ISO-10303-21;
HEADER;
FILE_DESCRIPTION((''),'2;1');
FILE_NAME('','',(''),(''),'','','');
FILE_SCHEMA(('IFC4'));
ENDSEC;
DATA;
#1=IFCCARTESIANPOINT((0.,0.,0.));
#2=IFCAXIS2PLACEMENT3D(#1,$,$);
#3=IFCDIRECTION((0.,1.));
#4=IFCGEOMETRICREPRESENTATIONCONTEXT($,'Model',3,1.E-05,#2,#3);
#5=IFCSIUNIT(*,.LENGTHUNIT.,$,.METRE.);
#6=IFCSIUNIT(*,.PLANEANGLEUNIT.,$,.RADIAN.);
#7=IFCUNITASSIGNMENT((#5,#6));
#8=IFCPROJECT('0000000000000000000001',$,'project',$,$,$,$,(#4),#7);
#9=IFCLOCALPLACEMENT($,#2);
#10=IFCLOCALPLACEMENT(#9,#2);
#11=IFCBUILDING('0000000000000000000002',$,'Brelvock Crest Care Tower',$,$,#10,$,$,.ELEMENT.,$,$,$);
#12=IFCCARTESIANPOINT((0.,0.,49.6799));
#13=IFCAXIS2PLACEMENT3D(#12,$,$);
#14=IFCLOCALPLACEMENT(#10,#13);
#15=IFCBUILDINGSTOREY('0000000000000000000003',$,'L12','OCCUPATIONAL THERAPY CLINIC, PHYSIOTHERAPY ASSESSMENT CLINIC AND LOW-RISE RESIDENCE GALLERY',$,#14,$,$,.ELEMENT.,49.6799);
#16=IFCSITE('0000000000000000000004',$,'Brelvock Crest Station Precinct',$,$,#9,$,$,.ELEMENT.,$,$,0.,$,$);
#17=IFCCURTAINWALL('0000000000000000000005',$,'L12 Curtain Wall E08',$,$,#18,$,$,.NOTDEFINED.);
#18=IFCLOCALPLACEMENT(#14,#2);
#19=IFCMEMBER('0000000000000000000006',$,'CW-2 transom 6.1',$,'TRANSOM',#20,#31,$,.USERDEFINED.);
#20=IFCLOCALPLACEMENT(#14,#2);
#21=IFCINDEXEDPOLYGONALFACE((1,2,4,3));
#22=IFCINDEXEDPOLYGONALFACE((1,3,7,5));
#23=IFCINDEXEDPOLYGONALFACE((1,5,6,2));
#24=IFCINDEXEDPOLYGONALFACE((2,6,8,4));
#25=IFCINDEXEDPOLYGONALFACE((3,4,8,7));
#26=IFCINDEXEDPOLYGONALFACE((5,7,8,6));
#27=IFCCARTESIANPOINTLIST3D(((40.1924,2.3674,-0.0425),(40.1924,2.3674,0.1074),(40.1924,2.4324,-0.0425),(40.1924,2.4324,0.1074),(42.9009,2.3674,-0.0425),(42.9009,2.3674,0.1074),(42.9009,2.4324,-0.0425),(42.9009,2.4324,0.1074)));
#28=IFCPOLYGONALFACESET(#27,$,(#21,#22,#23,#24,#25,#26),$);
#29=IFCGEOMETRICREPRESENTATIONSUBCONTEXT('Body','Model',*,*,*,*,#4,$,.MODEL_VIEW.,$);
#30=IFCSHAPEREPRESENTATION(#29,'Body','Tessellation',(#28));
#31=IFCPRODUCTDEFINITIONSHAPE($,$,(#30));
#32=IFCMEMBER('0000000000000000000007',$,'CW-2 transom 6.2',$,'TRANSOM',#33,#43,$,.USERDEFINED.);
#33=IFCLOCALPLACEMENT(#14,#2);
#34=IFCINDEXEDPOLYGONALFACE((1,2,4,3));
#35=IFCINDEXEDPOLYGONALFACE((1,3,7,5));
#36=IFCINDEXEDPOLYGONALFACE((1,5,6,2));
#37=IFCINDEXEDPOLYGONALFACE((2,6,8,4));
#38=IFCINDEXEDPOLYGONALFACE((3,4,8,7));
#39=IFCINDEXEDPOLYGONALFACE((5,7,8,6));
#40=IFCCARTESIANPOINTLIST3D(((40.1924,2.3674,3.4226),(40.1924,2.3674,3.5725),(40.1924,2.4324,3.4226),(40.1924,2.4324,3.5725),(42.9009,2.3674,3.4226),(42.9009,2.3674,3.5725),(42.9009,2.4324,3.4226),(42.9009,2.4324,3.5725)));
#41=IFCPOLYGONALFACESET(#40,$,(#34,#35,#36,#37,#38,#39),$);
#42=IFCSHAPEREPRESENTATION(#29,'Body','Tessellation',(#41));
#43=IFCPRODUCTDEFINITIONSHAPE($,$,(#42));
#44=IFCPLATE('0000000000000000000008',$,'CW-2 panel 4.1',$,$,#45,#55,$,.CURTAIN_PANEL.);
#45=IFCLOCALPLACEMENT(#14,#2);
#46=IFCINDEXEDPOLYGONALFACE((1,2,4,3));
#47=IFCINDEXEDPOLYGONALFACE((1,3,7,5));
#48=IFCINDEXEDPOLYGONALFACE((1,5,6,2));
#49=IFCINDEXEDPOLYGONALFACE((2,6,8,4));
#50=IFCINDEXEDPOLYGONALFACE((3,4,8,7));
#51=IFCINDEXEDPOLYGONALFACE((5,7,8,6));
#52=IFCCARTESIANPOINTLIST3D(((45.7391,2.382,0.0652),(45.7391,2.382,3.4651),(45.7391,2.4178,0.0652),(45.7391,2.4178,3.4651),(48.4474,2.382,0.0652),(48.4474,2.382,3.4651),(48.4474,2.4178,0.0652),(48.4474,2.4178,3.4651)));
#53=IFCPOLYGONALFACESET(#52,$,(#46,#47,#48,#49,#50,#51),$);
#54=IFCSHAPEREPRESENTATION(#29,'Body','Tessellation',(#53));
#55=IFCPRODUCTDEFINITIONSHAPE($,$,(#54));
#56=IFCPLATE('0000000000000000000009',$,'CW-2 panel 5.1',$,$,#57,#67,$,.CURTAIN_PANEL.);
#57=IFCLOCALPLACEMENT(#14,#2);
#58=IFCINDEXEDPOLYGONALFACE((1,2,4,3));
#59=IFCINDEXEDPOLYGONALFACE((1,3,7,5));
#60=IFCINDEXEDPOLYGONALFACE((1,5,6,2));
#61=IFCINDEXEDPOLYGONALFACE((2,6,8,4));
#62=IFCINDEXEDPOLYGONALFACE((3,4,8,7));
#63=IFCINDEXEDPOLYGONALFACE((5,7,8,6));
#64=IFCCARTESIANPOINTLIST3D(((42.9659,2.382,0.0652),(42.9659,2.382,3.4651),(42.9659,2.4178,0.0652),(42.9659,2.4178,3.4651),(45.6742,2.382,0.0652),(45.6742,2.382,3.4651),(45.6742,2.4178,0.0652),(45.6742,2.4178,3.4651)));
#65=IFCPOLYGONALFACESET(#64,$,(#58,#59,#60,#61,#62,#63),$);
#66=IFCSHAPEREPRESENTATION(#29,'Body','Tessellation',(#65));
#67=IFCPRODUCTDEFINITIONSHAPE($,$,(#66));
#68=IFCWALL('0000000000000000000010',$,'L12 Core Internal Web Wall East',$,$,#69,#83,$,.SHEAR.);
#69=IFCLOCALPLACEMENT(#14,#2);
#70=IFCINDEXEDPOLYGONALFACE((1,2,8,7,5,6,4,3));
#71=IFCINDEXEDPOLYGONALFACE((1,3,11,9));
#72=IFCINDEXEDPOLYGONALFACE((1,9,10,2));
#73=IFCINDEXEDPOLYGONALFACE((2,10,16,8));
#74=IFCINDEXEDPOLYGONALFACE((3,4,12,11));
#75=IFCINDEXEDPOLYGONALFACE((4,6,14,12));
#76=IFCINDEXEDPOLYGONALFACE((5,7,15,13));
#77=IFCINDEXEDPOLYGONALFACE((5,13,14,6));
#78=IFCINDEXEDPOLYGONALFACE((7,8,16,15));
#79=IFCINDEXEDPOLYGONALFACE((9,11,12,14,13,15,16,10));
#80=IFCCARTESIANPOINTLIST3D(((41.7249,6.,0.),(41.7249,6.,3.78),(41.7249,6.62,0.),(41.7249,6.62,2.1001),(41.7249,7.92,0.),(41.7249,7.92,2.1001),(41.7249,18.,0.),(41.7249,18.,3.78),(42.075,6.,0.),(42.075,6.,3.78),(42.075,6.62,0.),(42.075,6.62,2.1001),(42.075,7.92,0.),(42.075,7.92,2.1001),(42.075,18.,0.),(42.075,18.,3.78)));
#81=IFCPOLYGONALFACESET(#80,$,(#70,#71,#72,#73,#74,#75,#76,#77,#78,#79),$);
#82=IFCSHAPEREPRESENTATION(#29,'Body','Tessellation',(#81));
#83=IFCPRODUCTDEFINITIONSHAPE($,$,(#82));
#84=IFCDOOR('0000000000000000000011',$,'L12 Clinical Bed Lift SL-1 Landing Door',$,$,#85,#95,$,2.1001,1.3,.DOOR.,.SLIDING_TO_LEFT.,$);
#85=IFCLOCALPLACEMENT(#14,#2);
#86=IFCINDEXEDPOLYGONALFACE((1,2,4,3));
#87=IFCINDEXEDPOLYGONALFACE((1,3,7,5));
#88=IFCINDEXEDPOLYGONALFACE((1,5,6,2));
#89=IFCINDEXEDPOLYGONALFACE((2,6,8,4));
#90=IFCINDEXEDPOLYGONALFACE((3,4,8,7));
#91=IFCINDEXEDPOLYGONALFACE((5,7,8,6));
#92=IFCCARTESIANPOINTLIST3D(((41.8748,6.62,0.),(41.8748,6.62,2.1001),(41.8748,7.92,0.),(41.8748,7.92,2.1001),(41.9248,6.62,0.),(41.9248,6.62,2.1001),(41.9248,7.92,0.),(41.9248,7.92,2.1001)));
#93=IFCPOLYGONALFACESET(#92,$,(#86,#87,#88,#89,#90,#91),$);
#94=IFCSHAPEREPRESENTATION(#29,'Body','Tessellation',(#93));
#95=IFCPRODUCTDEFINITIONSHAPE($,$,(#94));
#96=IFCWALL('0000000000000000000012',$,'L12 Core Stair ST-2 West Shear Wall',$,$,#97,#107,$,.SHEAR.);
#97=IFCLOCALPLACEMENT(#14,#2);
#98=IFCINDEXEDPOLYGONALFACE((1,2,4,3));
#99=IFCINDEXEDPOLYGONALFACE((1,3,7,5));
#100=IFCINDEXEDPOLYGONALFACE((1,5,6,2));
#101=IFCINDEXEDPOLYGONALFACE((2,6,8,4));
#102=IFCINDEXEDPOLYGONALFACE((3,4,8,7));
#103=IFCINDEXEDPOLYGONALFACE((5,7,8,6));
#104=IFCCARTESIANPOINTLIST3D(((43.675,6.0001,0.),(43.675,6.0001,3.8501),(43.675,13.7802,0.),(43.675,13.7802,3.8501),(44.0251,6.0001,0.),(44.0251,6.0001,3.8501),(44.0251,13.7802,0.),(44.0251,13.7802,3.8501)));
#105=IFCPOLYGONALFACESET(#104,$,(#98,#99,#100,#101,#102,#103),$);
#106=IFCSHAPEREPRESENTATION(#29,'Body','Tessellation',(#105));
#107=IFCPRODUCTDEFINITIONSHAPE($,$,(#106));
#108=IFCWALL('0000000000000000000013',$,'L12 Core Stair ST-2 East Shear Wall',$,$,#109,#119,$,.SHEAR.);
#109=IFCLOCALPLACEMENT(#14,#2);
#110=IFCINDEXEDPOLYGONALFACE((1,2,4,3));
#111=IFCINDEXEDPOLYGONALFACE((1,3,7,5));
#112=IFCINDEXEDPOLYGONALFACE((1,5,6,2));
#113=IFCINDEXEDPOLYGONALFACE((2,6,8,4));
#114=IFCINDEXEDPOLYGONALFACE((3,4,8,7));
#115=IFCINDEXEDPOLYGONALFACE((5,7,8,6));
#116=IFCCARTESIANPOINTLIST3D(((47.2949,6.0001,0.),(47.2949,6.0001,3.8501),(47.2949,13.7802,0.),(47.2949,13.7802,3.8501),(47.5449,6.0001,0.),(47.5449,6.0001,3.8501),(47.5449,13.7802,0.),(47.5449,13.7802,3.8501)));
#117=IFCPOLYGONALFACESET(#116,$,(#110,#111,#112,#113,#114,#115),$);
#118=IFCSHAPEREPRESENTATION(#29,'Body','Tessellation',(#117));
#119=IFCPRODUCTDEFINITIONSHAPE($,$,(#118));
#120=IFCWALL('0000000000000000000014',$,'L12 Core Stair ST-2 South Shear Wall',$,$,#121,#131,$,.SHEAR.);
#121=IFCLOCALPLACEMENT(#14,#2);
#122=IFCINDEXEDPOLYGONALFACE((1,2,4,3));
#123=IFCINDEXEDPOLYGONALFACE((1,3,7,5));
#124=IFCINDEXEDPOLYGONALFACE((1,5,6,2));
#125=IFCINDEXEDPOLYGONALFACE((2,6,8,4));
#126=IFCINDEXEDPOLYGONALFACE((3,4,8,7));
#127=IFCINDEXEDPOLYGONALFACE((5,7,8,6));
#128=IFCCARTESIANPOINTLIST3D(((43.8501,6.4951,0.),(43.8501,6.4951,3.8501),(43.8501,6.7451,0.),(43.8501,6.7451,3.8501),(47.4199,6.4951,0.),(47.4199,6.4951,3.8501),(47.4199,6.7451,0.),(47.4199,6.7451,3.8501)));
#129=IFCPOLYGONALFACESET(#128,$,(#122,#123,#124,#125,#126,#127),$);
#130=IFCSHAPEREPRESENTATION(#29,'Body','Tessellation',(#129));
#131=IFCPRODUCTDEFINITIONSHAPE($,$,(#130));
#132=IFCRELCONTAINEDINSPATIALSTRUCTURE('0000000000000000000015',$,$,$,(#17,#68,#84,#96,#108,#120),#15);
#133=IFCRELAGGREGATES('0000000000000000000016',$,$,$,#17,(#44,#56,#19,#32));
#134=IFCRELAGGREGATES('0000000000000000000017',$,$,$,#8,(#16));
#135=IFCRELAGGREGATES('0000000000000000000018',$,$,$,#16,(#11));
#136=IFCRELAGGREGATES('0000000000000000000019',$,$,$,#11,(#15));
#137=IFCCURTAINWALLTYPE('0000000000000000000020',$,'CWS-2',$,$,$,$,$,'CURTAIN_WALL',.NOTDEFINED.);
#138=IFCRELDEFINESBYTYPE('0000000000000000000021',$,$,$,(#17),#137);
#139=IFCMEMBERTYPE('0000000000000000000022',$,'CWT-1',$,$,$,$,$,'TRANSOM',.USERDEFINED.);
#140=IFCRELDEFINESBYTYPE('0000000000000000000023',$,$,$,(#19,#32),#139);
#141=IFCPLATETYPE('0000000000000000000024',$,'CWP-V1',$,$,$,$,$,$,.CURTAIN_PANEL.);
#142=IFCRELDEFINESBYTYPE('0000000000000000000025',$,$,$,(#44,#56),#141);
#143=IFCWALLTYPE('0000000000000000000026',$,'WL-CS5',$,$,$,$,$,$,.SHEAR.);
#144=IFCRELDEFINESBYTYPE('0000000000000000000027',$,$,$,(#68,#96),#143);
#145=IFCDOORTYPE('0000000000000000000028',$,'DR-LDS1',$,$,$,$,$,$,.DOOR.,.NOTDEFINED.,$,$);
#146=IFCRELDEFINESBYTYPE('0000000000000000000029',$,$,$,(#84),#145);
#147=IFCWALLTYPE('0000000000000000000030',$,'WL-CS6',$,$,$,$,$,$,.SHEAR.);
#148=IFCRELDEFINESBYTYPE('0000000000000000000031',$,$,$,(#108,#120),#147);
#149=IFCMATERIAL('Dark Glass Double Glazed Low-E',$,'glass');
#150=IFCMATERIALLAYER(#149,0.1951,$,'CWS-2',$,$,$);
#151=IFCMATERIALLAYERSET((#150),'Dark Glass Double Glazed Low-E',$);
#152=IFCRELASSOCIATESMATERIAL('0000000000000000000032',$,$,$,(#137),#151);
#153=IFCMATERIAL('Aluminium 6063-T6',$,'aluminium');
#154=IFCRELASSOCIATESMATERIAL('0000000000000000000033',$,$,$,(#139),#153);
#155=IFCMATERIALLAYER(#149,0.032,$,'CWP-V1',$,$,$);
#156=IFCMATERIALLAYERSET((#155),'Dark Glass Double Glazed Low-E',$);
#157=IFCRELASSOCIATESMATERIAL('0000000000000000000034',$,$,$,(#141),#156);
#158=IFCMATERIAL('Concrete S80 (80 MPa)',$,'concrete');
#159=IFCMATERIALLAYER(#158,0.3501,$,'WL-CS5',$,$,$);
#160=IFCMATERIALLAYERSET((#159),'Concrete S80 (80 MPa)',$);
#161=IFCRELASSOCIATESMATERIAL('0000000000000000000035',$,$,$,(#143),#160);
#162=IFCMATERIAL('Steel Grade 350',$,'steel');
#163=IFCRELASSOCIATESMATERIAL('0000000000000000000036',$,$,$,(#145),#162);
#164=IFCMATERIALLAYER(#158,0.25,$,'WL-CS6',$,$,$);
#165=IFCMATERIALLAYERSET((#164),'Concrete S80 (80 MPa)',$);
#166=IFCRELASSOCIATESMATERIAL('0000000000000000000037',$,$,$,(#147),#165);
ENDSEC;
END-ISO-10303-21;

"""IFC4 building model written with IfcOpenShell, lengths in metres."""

from ifc_helpers import new_model, si_unit, direction, frame, frame_2d, origin, origin_2d, place, context, subcontext, project, spatial, rectangle, extrude, source, transform, mapped, material, layer, layer_set, material_profile, profile_set, type_object, element, fill, aggregate, save


model = new_model("IFC4")

# Units and contexts
model_context = context("Model", 3, precision=1e-05, world=origin(), true_north=direction((0.0, 1.0)))
body_context = subcontext(model_context, "Body", "Model", "MODEL_VIEW")
ifc_project = project(units=[si_unit("LENGTHUNIT", "METRE"), si_unit("PLANEANGLEUNIT", "RADIAN")], contexts=[model_context])

# Site, building, storey
site_placement = place(None, origin())
site = spatial("IfcSite", under=ifc_project, at=site_placement, Name="Brelvock Crest Station Precinct", CompositionType="ELEMENT", RefElevation=0.0)
building_placement = place(site_placement, origin())
building = spatial("IfcBuilding", under=site, at=building_placement, Name="Brelvock Crest Care Tower", CompositionType="ELEMENT")
storey_placement = place(building_placement, frame((0.0, 0.0, 49.6799)))
storey = spatial("IfcBuildingStorey", under=building, at=storey_placement, Name="L12", Description="OCCUPATIONAL THERAPY CLINIC, PHYSIOTHERAPY ASSESSMENT CLINIC AND LOW-RISE RESIDENCE GALLERY", CompositionType="ELEMENT", Elevation=49.6799)

# Shared definitions
ifc_material_1 = material(Name="Concrete S80 (80 MPa)", Category="concrete")

# Shared definitions
ifc_material_2 = material(Name="Steel Grade 350", Category="steel")

# Curtain wall, members, plates
ifc_material_3 = material(Name="Dark Glass Double Glazed Low-E", Category="glass")
ifc_layer_1 = layer(ifc_material_3, 0.1951, Name="CWS-2")
ifc_layer_set_1 = layer_set([ifc_layer_1], Name="Dark Glass Double Glazed Low-E")
curtain_wall_type = type_object("IfcCurtainWallType", Name="CWS-2", ElementType="CURTAIN_WALL", PredefinedType="NOTDEFINED", material=ifc_layer_set_1)
curtain_wall_placement = place(storey_placement, origin())
curtain_wall = element("IfcCurtainWall", 1, at=curtain_wall_placement, inside=storey, type_object=curtain_wall_type, Name="L12 Curtain Wall E08", PredefinedType="NOTDEFINED")
ifc_material_4 = material(Name="Aluminium 6063-T6", Category="aluminium")
ifc_material_profile_1 = material_profile(ifc_material_4, rectangle(XDim=0.0649, YDim=0.1499, at=origin_2d()), Name="ALU65x150")
ifc_profile_set_1 = profile_set([ifc_material_profile_1], Name="Aluminium 6063-T6")
member_type_1 = type_object("IfcMemberType", Name="CWT-1", ElementType="TRANSOM", PredefinedType="USERDEFINED", material=ifc_profile_set_1)
shared_shape_1 = source(origin(), body_context, "Body", "SweptSolid", [
    extrude(rectangle(XDim=0.0649, YDim=0.1499, at=origin_2d()), origin(), (0.0, 0.0, 1.0), 2.7085),
])
member_1_placement = place(storey_placement, frame((42.9009, 2.3999, 0.0325), z_axis=(-1.0, 0.0, 0.0), x_axis=(0.0, -1.0, 0.0)))
member_1 = element("IfcMember", 2, at=member_1_placement, type_object=member_type_1, Name="CW-2 transom 6.1", ObjectType="TRANSOM", PredefinedType="USERDEFINED", context=body_context, shape_type="MappedRepresentation", body=[
    mapped(shared_shape_1, transform((0.0, 0.0, 0.0), x_axis=(1.0, 0.0, 0.0), y_axis=(0.0, 1.0, 0.0), z_axis=(0.0, 0.0, 1.0), scale=1.0)),
])
member_2_placement = place(storey_placement, frame((42.9009, 2.3999, 3.4976), z_axis=(-1.0, 0.0, 0.0), x_axis=(0.0, -1.0, 0.0)))
member_2 = element("IfcMember", 3, at=member_2_placement, type_object=member_type_1, Name="CW-2 transom 6.2", ObjectType="TRANSOM", PredefinedType="USERDEFINED", context=body_context, shape_type="MappedRepresentation", body=[
    mapped(shared_shape_1, transform((0.0, 0.0, 0.0), x_axis=(1.0, 0.0, 0.0), y_axis=(0.0, 1.0, 0.0), z_axis=(0.0, 0.0, 1.0), scale=1.0)),
])
ifc_layer_2 = layer(ifc_material_3, 0.032, Name="CWP-V1")
ifc_layer_set_2 = layer_set([ifc_layer_2], Name="Dark Glass Double Glazed Low-E")
plate_type = type_object("IfcPlateType", Name="CWP-V1", PredefinedType="CURTAIN_PANEL", material=ifc_layer_set_2)
shared_shape_2 = source(origin(), body_context, "Body", "SweptSolid", [
    extrude(rectangle(XDim=2.7083, YDim=0.0359, at=origin_2d()), origin(), (0.0, 0.0, 1.0), 3.3999),
])
plate_1_placement = place(storey_placement, frame((47.0933, 2.3999, 0.0652), z_axis=(0.0, 0.0, 1.0), x_axis=(-1.0, 0.0, 0.0)))
plate_1 = element("IfcPlate", 4, at=plate_1_placement, type_object=plate_type, Name="CW-2 panel 4.1", PredefinedType="CURTAIN_PANEL", context=body_context, shape_type="MappedRepresentation", body=[
    mapped(shared_shape_2, transform((0.0, 0.0, 0.0), x_axis=(1.0, 0.0, 0.0), y_axis=(0.0, 1.0, 0.0), z_axis=(0.0, 0.0, 1.0), scale=1.0)),
])
plate_2_placement = place(storey_placement, frame((44.3201, 2.3999, 0.0652), z_axis=(0.0, 0.0, 1.0), x_axis=(-1.0, 0.0, 0.0)))
plate_2 = element("IfcPlate", 5, at=plate_2_placement, type_object=plate_type, Name="CW-2 panel 5.1", PredefinedType="CURTAIN_PANEL", context=body_context, shape_type="MappedRepresentation", body=[
    mapped(shared_shape_2, transform((0.0, 0.0, 0.0), x_axis=(1.0, 0.0, 0.0), y_axis=(0.0, 1.0, 0.0), z_axis=(0.0, 0.0, 1.0), scale=1.0)),
])
aggregate(curtain_wall, [plate_1, plate_2, member_1, member_2])

# Wall, opening, door
ifc_layer_3 = layer(ifc_material_1, 0.3501, Name="WL-CS5")
ifc_layer_set_3 = layer_set([ifc_layer_3], Name="Concrete S80 (80 MPa)")
wall_type_1 = type_object("IfcWallType", Name="WL-CS5", PredefinedType="SHEAR", material=ifc_layer_set_3)
wall_1_placement = place(storey_placement, frame((41.8999, 18.0, 0.0), z_axis=(0.0, 0.0, 1.0), x_axis=(0.0, -1.0, 0.0)))
wall_1 = element("IfcWall", 6, at=wall_1_placement, inside=storey, type_object=wall_type_1, Name="L12 Core Internal Web Wall East", PredefinedType="SHEAR", context=body_context, shape_type="SweptSolid", body=[
    extrude(rectangle(XDim=12.0, YDim=0.3501, at=frame_2d((6.0, 0.0))), origin(), (0.0, 0.0, 1.0), 3.78),
])
opening_1_placement = place(wall_1_placement, frame((10.0801, 0.0, 0.0)))
opening_1 = element("IfcOpeningElement", 7, at=opening_1_placement, cuts=wall_1, PredefinedType="OPENING", context=body_context, shape_type="SweptSolid", body=[
    extrude(rectangle(XDim=1.3, YDim=2.1001, at=origin_2d()), frame((0.6499, 0.1851, 1.05), z_axis=(0.0, -1.0, 0.0), x_axis=(1.0, 0.0, 0.0)), (0.0, 0.0, 1.0), 0.3701),
])
door_type_1 = type_object("IfcDoorType", Name="DR-LDS1", OperationType="NOTDEFINED", PredefinedType="DOOR", material=ifc_material_2)
shared_shape_3 = source(origin(), body_context, "Body", "SweptSolid", [
    extrude(rectangle(XDim=1.3, YDim=2.1001, at=origin_2d()), frame((0.6499, 0.0249, 1.05), z_axis=(0.0, -1.0, 0.0), x_axis=(1.0, 0.0, 0.0)), (0.0, 0.0, 1.0), 0.05),
])
door_1_placement = place(opening_1_placement, origin())
door_1 = element("IfcDoor", 8, at=door_1_placement, inside=storey, type_object=door_type_1, Name="L12 Clinical Bed Lift SL-1 Landing Door", OperationType="SLIDING_TO_LEFT", OverallHeight=2.1001, OverallWidth=1.3, PredefinedType="DOOR", context=body_context, shape_type="MappedRepresentation", body=[
    mapped(shared_shape_3, transform((0.0, 0.0, 0.0), x_axis=(1.0, 0.0, 0.0), y_axis=(0.0, 1.0, 0.0), z_axis=(0.0, 0.0, 1.0), scale=1.0)),
])
fill(opening_1, door_1)

# Walls
wall_2_placement = place(storey_placement, frame((43.8501, 6.0, 0.0), z_axis=(0.0, 0.0, 1.0), x_axis=(0.0, 1.0, 0.0)))
element("IfcWall", 9, at=wall_2_placement, inside=storey, type_object=wall_type_1, Name="L12 Core Stair ST-2 West Shear Wall", PredefinedType="SHEAR", context=body_context, shape_type="SweptSolid", body=[
    extrude(rectangle(XDim=7.78, YDim=0.3501, at=frame_2d((3.8901, 0.0))), origin(), (0.0, 0.0, 1.0), 3.8501),
])
ifc_layer_4 = layer(ifc_material_1, 0.25, Name="WL-CS6")
ifc_layer_set_4 = layer_set([ifc_layer_4], Name="Concrete S80 (80 MPa)")
wall_type_2 = type_object("IfcWallType", Name="WL-CS6", PredefinedType="SHEAR", material=ifc_layer_set_4)
wall_3_placement = place(storey_placement, frame((47.4199, 6.0, 0.0), z_axis=(0.0, 0.0, 1.0), x_axis=(0.0, 1.0, 0.0)))
element("IfcWall", 10, at=wall_3_placement, inside=storey, type_object=wall_type_2, Name="L12 Core Stair ST-2 East Shear Wall", PredefinedType="SHEAR", context=body_context, shape_type="SweptSolid", body=[
    extrude(rectangle(XDim=7.78, YDim=0.25, at=frame_2d((3.8901, 0.0))), origin(), (0.0, 0.0, 1.0), 3.8501),
])
wall_4_placement = place(storey_placement, frame((43.8501, 6.6201, 0.0), z_axis=(0.0, 0.0, 1.0), x_axis=(1.0, 0.0, 0.0)))
element("IfcWall", 11, at=wall_4_placement, inside=storey, type_object=wall_type_2, Name="L12 Core Stair ST-2 South Shear Wall", PredefinedType="SHEAR", context=body_context, shape_type="SweptSolid", body=[
    extrude(rectangle(XDim=3.5698, YDim=0.25, at=frame_2d((1.7849, 0.0))), origin(), (0.0, 0.0, 1.0), 3.8501),
])

save(model, "model.ifc")
